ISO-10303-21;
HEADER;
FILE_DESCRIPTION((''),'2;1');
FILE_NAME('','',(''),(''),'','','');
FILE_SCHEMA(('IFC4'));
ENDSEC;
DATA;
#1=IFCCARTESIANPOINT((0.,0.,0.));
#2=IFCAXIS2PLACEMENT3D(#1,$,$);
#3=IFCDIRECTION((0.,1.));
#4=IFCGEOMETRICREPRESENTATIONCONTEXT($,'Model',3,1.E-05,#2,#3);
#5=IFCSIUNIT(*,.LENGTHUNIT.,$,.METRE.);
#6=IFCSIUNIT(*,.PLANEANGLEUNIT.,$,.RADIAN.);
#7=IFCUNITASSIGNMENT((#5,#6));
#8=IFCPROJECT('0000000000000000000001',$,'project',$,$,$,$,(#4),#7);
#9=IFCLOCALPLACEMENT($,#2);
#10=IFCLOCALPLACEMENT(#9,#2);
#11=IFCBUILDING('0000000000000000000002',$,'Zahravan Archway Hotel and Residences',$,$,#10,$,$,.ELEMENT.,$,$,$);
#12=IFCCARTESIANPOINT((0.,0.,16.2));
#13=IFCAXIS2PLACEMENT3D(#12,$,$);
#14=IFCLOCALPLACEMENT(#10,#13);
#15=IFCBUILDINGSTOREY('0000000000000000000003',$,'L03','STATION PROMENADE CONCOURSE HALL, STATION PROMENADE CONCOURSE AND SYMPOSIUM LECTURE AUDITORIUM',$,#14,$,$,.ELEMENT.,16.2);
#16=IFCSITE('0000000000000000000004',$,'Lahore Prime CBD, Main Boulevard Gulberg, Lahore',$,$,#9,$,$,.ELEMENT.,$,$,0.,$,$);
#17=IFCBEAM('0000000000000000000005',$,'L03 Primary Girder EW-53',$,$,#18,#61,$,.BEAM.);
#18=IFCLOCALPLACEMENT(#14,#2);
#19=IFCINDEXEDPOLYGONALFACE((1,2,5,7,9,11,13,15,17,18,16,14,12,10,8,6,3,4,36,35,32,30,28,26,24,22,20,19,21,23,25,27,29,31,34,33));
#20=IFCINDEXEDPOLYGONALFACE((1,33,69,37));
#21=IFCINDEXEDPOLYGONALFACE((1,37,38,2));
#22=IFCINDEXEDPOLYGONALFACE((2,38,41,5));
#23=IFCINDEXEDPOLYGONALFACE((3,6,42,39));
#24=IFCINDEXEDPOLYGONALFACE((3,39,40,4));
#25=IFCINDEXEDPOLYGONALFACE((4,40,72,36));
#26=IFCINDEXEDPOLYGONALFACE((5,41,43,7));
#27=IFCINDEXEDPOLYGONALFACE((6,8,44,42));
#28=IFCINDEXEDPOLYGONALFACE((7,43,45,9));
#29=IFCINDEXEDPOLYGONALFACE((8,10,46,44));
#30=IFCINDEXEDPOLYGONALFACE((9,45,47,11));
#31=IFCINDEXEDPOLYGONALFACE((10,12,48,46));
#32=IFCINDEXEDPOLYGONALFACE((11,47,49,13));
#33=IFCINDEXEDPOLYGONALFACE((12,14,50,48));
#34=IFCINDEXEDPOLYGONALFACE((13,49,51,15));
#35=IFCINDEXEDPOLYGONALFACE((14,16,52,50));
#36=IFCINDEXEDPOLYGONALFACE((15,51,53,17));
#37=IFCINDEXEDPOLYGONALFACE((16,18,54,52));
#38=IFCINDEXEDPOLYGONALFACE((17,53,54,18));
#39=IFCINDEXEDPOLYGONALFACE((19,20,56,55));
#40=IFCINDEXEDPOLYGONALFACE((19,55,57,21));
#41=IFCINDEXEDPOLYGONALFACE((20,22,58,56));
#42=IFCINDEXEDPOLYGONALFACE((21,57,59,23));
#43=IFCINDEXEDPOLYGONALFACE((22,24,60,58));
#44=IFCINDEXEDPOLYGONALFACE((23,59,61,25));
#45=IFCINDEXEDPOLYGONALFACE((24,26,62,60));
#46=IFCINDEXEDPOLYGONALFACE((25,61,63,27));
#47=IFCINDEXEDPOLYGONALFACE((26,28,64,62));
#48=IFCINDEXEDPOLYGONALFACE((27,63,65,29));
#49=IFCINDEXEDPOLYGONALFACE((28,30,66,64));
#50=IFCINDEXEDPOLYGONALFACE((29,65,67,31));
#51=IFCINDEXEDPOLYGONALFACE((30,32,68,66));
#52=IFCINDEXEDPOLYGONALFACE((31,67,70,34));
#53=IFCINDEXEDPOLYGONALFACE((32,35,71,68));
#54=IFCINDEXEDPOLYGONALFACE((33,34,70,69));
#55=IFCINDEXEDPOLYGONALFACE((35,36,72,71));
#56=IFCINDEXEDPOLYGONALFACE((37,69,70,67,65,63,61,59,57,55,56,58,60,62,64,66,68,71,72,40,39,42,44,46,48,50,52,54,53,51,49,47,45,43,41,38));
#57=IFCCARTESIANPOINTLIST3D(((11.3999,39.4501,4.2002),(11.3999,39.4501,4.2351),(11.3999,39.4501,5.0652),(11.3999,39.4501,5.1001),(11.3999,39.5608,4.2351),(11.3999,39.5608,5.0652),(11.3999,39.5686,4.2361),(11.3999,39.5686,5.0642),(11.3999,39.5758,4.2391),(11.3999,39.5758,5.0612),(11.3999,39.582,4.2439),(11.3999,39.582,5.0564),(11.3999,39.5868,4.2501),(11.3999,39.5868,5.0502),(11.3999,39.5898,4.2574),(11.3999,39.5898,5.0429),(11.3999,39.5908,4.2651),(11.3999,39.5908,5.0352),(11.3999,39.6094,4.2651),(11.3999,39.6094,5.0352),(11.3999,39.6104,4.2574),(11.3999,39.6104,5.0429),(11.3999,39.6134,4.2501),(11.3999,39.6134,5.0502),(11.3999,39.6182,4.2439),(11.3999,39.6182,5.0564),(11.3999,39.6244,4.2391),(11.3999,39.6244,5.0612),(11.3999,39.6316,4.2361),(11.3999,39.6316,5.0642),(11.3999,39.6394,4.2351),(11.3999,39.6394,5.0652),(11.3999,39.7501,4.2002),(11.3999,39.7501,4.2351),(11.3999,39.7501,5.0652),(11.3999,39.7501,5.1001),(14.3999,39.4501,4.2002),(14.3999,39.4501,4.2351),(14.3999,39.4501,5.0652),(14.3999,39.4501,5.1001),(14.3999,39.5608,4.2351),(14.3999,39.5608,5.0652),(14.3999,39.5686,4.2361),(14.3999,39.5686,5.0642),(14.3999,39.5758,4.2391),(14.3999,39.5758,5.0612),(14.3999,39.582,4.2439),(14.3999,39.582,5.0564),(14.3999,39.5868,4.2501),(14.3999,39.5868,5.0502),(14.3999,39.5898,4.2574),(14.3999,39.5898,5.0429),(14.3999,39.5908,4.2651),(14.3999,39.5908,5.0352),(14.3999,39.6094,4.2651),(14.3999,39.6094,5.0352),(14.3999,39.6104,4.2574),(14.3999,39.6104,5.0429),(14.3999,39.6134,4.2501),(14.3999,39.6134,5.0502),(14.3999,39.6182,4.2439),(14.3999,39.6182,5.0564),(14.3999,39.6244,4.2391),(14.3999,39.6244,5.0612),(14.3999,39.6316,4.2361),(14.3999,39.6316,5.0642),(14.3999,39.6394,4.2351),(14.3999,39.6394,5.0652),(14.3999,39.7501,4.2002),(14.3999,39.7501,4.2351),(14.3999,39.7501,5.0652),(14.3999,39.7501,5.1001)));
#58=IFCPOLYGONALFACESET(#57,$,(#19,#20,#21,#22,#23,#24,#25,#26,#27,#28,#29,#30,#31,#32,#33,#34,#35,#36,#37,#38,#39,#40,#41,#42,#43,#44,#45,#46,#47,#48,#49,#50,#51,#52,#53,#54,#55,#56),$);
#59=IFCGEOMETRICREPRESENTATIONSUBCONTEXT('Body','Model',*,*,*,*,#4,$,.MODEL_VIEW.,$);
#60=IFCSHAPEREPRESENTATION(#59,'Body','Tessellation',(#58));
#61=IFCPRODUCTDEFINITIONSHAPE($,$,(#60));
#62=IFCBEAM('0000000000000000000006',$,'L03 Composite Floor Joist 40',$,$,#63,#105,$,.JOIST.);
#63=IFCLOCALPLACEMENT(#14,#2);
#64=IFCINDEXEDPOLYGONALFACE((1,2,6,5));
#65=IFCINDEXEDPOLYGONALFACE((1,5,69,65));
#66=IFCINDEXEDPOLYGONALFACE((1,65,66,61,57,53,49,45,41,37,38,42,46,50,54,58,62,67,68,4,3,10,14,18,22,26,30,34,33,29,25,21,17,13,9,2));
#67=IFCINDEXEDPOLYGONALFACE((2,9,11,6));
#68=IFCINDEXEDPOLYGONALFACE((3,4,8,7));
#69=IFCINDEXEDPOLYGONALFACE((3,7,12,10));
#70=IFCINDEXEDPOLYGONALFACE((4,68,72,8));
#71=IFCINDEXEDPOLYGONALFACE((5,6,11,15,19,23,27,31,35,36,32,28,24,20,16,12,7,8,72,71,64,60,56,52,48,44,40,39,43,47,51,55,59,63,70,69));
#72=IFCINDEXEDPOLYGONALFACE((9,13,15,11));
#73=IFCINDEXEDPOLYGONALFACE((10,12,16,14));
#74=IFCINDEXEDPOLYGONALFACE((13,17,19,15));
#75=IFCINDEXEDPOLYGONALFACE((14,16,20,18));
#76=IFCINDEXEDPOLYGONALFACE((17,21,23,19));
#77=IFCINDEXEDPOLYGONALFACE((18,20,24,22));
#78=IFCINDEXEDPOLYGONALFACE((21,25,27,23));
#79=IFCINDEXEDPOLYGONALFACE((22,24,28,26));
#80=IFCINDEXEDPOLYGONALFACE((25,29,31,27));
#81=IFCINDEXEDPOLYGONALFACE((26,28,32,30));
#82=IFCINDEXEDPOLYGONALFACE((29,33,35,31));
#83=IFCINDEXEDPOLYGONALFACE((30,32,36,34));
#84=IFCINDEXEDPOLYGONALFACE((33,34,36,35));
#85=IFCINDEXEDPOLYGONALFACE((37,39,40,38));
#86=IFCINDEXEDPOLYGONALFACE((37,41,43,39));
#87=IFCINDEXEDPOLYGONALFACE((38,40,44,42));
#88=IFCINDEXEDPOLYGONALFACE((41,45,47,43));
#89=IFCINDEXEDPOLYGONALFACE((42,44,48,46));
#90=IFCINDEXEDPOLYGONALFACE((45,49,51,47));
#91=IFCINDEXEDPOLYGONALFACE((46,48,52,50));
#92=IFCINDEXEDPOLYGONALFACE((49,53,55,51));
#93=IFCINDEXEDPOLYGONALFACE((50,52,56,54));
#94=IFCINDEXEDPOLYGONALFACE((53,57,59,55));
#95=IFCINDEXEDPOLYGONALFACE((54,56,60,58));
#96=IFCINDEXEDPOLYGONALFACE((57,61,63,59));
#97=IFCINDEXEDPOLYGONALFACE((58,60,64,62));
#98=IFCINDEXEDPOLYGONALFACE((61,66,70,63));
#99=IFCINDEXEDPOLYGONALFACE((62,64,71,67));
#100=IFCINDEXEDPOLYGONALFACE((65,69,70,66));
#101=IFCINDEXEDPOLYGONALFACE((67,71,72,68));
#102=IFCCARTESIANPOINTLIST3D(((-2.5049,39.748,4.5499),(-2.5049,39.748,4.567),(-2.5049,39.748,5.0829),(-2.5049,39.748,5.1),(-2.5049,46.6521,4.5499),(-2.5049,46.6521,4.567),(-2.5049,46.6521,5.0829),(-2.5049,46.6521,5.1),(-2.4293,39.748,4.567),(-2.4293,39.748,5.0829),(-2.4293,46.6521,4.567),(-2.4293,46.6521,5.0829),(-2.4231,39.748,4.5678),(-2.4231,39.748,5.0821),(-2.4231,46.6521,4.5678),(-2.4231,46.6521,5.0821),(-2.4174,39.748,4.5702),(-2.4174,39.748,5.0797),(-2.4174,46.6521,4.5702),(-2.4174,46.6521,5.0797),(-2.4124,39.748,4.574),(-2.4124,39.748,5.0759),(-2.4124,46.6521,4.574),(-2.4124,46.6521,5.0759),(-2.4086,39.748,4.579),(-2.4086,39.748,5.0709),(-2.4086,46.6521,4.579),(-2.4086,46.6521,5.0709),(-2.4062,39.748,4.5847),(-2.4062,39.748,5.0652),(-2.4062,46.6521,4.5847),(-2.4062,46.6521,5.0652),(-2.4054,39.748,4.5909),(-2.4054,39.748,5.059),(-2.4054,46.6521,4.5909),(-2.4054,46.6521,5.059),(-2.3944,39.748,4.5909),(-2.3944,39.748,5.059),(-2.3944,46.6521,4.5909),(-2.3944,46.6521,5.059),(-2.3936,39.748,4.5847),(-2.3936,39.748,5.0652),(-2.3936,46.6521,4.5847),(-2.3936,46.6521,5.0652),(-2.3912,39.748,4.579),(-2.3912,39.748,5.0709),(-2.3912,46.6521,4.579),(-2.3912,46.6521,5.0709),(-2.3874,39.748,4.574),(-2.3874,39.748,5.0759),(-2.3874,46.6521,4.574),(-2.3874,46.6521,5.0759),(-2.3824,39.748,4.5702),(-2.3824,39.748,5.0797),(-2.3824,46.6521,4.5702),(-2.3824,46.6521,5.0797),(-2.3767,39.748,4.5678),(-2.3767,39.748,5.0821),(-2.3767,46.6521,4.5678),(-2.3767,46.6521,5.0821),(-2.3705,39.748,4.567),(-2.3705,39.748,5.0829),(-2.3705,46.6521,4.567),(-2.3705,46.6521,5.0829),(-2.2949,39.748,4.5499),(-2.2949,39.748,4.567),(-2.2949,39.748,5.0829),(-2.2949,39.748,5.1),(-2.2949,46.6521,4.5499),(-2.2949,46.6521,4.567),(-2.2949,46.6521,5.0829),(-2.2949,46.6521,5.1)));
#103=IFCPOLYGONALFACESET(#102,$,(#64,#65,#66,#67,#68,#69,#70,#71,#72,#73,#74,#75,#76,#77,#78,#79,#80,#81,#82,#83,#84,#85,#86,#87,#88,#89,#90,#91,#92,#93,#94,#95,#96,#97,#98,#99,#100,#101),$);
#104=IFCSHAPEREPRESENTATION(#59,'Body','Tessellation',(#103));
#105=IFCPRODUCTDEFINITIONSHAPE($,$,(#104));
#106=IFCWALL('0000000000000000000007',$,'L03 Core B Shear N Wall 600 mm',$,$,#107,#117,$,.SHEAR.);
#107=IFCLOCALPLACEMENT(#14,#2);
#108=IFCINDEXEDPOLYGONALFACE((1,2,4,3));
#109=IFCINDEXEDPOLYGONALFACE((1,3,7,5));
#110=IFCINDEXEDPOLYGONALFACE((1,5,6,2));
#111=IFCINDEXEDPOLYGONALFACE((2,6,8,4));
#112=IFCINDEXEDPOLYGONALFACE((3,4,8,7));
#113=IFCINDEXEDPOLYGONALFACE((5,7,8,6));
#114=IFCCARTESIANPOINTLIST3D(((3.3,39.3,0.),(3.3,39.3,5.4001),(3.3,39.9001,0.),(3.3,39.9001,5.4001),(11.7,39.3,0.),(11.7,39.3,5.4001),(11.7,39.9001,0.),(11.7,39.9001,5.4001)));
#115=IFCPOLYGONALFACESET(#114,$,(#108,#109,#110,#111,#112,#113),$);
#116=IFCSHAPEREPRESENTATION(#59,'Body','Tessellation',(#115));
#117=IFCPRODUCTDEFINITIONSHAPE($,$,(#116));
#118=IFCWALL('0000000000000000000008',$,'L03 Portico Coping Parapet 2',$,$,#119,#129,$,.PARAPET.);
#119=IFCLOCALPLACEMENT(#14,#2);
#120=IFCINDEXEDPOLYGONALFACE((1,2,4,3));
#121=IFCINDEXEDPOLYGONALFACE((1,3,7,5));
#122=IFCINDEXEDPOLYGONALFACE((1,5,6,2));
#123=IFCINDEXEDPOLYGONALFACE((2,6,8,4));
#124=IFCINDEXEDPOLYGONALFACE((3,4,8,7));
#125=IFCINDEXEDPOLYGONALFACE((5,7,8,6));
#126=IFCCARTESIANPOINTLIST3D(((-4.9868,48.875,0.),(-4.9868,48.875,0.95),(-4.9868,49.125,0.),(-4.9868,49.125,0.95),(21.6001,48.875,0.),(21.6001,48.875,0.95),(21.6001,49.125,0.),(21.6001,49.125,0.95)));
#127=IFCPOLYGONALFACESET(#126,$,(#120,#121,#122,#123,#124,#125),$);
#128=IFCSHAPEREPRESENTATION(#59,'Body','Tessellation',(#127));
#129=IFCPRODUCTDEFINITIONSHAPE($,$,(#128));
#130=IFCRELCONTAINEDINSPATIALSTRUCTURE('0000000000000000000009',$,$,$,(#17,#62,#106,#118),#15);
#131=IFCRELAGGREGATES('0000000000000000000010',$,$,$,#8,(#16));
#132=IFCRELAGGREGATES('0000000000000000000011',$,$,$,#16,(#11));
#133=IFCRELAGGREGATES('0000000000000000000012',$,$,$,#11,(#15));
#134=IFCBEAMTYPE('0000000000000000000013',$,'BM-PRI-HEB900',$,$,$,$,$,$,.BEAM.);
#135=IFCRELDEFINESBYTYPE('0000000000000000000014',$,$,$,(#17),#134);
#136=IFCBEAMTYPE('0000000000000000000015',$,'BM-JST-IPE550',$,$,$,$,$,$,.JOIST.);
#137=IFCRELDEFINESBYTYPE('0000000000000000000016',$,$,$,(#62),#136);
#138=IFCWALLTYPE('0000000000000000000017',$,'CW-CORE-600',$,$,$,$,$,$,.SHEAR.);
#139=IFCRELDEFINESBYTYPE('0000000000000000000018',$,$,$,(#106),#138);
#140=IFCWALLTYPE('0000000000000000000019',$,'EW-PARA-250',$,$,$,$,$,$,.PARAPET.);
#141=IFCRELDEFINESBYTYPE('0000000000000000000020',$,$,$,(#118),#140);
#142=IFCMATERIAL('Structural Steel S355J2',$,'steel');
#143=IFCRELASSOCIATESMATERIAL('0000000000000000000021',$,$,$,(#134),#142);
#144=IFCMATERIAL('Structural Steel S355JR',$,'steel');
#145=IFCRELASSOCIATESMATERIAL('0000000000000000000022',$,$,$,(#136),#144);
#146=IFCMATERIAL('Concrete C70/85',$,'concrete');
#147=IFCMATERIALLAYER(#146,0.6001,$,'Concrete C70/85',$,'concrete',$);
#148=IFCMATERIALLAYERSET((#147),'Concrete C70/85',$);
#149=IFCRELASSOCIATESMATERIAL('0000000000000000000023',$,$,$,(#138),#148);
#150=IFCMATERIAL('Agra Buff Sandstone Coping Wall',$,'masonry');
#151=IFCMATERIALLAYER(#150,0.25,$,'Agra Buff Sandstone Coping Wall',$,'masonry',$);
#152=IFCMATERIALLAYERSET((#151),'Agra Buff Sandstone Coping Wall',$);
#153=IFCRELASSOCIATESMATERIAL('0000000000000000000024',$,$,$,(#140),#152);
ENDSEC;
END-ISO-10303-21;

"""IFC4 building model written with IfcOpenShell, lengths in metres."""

from ifc_helpers import new_model, si_unit, direction, frame, frame_2d, origin, origin_2d, place, context, subcontext, project, spatial, rectangle, i_section, extrude, source, transform, mapped, material, layer, layer_set, material_profile, profile_set, type_object, type_shapes, element, save


model = new_model("IFC4")

# Units and contexts
model_context = context("Model", 3, precision=1e-05, world=origin(), true_north=direction((0.0, 1.0)))
body_context = subcontext(model_context, "Body", "Model", "MODEL_VIEW")
ifc_project = project(units=[si_unit("LENGTHUNIT", "METRE"), si_unit("PLANEANGLEUNIT", "RADIAN")], contexts=[model_context])

# Site, building, storey
site_placement = place(None, origin())
site = spatial("IfcSite", under=ifc_project, at=site_placement, Name="Lahore Prime CBD, Main Boulevard Gulberg, Lahore", CompositionType="ELEMENT", RefElevation=0.0)
building_placement = place(site_placement, origin())
building = spatial("IfcBuilding", under=site, at=building_placement, Name="Zahravan Archway Hotel and Residences", CompositionType="ELEMENT")
storey_placement = place(building_placement, frame((0.0, 0.0, 16.2)))
storey = spatial("IfcBuildingStorey", under=building, at=storey_placement, Name="L03", Description="STATION PROMENADE CONCOURSE HALL, STATION PROMENADE CONCOURSE AND SYMPOSIUM LECTURE AUDITORIUM", CompositionType="ELEMENT", Elevation=16.2)

# Shared definitions
ifc_material_1 = material(Name="Concrete C70/85", Category="concrete")

# Beams
ifc_material_2 = material(Name="Structural Steel S355J2", Category="steel")
ifc_material_profile_1 = material_profile(ifc_material_2, i_section(OverallWidth=0.3, OverallDepth=0.8999, WebThickness=0.0186, FlangeThickness=0.0349, FilletRadius=0.03, at=origin_2d()), Name="HEB 900", Category="steel")
ifc_profile_set_1 = profile_set([ifc_material_profile_1], Name="Structural Steel S355J2")
beam_type_1 = type_object("IfcBeamType", Name="BM-PRI-HEB900", PredefinedType="BEAM", material=ifc_profile_set_1)
shared_shape_1 = source(origin(), body_context, "Body", "SweptSolid", [
    extrude(i_section(OverallWidth=0.3, OverallDepth=0.8999, WebThickness=0.0186, FlangeThickness=0.0349, FilletRadius=0.03, at=origin_2d()), origin(), (0.0, 0.0, 1.0), 3.0),
])
beam_1_placement = place(storey_placement, frame((11.3999, 39.6001, 4.6501), z_axis=(1.0, 0.0, 0.0), x_axis=(0.0, 1.0, 0.0)))
element("IfcBeam", 1, at=beam_1_placement, inside=storey, type_object=beam_type_1, Name="L03 Primary Girder EW-53", PredefinedType="BEAM", context=body_context, shape_type="MappedRepresentation", body=[
    mapped(shared_shape_1, transform((0.0, 0.0, 0.0), scale=1.0)),
])
ifc_material_3 = material(Name="Structural Steel S355JR", Category="steel")
ifc_material_profile_2 = material_profile(ifc_material_3, i_section(OverallWidth=0.21, OverallDepth=0.55, WebThickness=0.011, FlangeThickness=0.0171, FilletRadius=0.0239, at=origin_2d()), Name="IPE 550", Category="steel")
ifc_profile_set_2 = profile_set([ifc_material_profile_2], Name="Structural Steel S355JR")
beam_type_2 = type_object("IfcBeamType", Name="BM-JST-IPE550", PredefinedType="JOIST", material=ifc_profile_set_2)
shared_shape_2 = source(origin(), body_context, "Body", "SweptSolid", [
    extrude(i_section(OverallWidth=0.21, OverallDepth=0.55, WebThickness=0.011, FlangeThickness=0.0171, FilletRadius=0.0239, at=origin_2d()), origin(), (0.0, 0.0, 1.0), 6.9041),
])
type_shapes(beam_type_2, [shared_shape_2])
beam_2_placement = place(storey_placement, frame((-2.3999, 39.748, 4.825), z_axis=(0.0, 1.0, 0.0), x_axis=(-1.0, 0.0, 0.0)))
element("IfcBeam", 2, at=beam_2_placement, inside=storey, type_object=beam_type_2, Name="L03 Composite Floor Joist 40", PredefinedType="JOIST", context=body_context, shape_type="MappedRepresentation", body=[
    mapped(shared_shape_2, transform((0.0, 0.0, 0.0), scale=1.0)),
])

# Walls
ifc_layer_1 = layer(ifc_material_1, 0.6001, Name="Concrete C70/85", Category="concrete")
ifc_layer_set_1 = layer_set([ifc_layer_1], Name="Concrete C70/85")
wall_type_1 = type_object("IfcWallType", Name="CW-CORE-600", PredefinedType="SHEAR", material=ifc_layer_set_1)
wall_1_placement = place(storey_placement, frame((3.3, 39.6001, 0.0), z_axis=(0.0, 0.0, 1.0), x_axis=(1.0, 0.0, 0.0)))
element("IfcWall", 3, at=wall_1_placement, inside=storey, type_object=wall_type_1, Name="L03 Core B Shear N Wall 600 mm", PredefinedType="SHEAR", context=body_context, shape_type="SweptSolid", body=[
    extrude(rectangle(XDim=8.3999, YDim=0.6001, at=frame_2d((4.2, 0.0))), origin(), (0.0, 0.0, 1.0), 5.4001),
])
ifc_material_4 = material(Name="Agra Buff Sandstone Coping Wall", Category="masonry")
ifc_layer_2 = layer(ifc_material_4, 0.25, Name="Agra Buff Sandstone Coping Wall", Category="masonry")
ifc_layer_set_2 = layer_set([ifc_layer_2], Name="Agra Buff Sandstone Coping Wall")
wall_type_2 = type_object("IfcWallType", Name="EW-PARA-250", PredefinedType="PARAPET", material=ifc_layer_set_2)
wall_2_placement = place(storey_placement, frame((-4.9868, 49.0, 0.0), z_axis=(0.0, 0.0, 1.0), x_axis=(1.0, 0.0, 0.0)))
element("IfcWall", 4, at=wall_2_placement, inside=storey, type_object=wall_type_2, Name="L03 Portico Coping Parapet 2", PredefinedType="PARAPET", context=body_context, shape_type="SweptSolid", body=[
    extrude(rectangle(XDim=26.5869, YDim=0.25, at=frame_2d((13.2935, 0.0))), origin(), (0.0, 0.0, 1.0), 0.95),
])

save(model, "model.ifc")
